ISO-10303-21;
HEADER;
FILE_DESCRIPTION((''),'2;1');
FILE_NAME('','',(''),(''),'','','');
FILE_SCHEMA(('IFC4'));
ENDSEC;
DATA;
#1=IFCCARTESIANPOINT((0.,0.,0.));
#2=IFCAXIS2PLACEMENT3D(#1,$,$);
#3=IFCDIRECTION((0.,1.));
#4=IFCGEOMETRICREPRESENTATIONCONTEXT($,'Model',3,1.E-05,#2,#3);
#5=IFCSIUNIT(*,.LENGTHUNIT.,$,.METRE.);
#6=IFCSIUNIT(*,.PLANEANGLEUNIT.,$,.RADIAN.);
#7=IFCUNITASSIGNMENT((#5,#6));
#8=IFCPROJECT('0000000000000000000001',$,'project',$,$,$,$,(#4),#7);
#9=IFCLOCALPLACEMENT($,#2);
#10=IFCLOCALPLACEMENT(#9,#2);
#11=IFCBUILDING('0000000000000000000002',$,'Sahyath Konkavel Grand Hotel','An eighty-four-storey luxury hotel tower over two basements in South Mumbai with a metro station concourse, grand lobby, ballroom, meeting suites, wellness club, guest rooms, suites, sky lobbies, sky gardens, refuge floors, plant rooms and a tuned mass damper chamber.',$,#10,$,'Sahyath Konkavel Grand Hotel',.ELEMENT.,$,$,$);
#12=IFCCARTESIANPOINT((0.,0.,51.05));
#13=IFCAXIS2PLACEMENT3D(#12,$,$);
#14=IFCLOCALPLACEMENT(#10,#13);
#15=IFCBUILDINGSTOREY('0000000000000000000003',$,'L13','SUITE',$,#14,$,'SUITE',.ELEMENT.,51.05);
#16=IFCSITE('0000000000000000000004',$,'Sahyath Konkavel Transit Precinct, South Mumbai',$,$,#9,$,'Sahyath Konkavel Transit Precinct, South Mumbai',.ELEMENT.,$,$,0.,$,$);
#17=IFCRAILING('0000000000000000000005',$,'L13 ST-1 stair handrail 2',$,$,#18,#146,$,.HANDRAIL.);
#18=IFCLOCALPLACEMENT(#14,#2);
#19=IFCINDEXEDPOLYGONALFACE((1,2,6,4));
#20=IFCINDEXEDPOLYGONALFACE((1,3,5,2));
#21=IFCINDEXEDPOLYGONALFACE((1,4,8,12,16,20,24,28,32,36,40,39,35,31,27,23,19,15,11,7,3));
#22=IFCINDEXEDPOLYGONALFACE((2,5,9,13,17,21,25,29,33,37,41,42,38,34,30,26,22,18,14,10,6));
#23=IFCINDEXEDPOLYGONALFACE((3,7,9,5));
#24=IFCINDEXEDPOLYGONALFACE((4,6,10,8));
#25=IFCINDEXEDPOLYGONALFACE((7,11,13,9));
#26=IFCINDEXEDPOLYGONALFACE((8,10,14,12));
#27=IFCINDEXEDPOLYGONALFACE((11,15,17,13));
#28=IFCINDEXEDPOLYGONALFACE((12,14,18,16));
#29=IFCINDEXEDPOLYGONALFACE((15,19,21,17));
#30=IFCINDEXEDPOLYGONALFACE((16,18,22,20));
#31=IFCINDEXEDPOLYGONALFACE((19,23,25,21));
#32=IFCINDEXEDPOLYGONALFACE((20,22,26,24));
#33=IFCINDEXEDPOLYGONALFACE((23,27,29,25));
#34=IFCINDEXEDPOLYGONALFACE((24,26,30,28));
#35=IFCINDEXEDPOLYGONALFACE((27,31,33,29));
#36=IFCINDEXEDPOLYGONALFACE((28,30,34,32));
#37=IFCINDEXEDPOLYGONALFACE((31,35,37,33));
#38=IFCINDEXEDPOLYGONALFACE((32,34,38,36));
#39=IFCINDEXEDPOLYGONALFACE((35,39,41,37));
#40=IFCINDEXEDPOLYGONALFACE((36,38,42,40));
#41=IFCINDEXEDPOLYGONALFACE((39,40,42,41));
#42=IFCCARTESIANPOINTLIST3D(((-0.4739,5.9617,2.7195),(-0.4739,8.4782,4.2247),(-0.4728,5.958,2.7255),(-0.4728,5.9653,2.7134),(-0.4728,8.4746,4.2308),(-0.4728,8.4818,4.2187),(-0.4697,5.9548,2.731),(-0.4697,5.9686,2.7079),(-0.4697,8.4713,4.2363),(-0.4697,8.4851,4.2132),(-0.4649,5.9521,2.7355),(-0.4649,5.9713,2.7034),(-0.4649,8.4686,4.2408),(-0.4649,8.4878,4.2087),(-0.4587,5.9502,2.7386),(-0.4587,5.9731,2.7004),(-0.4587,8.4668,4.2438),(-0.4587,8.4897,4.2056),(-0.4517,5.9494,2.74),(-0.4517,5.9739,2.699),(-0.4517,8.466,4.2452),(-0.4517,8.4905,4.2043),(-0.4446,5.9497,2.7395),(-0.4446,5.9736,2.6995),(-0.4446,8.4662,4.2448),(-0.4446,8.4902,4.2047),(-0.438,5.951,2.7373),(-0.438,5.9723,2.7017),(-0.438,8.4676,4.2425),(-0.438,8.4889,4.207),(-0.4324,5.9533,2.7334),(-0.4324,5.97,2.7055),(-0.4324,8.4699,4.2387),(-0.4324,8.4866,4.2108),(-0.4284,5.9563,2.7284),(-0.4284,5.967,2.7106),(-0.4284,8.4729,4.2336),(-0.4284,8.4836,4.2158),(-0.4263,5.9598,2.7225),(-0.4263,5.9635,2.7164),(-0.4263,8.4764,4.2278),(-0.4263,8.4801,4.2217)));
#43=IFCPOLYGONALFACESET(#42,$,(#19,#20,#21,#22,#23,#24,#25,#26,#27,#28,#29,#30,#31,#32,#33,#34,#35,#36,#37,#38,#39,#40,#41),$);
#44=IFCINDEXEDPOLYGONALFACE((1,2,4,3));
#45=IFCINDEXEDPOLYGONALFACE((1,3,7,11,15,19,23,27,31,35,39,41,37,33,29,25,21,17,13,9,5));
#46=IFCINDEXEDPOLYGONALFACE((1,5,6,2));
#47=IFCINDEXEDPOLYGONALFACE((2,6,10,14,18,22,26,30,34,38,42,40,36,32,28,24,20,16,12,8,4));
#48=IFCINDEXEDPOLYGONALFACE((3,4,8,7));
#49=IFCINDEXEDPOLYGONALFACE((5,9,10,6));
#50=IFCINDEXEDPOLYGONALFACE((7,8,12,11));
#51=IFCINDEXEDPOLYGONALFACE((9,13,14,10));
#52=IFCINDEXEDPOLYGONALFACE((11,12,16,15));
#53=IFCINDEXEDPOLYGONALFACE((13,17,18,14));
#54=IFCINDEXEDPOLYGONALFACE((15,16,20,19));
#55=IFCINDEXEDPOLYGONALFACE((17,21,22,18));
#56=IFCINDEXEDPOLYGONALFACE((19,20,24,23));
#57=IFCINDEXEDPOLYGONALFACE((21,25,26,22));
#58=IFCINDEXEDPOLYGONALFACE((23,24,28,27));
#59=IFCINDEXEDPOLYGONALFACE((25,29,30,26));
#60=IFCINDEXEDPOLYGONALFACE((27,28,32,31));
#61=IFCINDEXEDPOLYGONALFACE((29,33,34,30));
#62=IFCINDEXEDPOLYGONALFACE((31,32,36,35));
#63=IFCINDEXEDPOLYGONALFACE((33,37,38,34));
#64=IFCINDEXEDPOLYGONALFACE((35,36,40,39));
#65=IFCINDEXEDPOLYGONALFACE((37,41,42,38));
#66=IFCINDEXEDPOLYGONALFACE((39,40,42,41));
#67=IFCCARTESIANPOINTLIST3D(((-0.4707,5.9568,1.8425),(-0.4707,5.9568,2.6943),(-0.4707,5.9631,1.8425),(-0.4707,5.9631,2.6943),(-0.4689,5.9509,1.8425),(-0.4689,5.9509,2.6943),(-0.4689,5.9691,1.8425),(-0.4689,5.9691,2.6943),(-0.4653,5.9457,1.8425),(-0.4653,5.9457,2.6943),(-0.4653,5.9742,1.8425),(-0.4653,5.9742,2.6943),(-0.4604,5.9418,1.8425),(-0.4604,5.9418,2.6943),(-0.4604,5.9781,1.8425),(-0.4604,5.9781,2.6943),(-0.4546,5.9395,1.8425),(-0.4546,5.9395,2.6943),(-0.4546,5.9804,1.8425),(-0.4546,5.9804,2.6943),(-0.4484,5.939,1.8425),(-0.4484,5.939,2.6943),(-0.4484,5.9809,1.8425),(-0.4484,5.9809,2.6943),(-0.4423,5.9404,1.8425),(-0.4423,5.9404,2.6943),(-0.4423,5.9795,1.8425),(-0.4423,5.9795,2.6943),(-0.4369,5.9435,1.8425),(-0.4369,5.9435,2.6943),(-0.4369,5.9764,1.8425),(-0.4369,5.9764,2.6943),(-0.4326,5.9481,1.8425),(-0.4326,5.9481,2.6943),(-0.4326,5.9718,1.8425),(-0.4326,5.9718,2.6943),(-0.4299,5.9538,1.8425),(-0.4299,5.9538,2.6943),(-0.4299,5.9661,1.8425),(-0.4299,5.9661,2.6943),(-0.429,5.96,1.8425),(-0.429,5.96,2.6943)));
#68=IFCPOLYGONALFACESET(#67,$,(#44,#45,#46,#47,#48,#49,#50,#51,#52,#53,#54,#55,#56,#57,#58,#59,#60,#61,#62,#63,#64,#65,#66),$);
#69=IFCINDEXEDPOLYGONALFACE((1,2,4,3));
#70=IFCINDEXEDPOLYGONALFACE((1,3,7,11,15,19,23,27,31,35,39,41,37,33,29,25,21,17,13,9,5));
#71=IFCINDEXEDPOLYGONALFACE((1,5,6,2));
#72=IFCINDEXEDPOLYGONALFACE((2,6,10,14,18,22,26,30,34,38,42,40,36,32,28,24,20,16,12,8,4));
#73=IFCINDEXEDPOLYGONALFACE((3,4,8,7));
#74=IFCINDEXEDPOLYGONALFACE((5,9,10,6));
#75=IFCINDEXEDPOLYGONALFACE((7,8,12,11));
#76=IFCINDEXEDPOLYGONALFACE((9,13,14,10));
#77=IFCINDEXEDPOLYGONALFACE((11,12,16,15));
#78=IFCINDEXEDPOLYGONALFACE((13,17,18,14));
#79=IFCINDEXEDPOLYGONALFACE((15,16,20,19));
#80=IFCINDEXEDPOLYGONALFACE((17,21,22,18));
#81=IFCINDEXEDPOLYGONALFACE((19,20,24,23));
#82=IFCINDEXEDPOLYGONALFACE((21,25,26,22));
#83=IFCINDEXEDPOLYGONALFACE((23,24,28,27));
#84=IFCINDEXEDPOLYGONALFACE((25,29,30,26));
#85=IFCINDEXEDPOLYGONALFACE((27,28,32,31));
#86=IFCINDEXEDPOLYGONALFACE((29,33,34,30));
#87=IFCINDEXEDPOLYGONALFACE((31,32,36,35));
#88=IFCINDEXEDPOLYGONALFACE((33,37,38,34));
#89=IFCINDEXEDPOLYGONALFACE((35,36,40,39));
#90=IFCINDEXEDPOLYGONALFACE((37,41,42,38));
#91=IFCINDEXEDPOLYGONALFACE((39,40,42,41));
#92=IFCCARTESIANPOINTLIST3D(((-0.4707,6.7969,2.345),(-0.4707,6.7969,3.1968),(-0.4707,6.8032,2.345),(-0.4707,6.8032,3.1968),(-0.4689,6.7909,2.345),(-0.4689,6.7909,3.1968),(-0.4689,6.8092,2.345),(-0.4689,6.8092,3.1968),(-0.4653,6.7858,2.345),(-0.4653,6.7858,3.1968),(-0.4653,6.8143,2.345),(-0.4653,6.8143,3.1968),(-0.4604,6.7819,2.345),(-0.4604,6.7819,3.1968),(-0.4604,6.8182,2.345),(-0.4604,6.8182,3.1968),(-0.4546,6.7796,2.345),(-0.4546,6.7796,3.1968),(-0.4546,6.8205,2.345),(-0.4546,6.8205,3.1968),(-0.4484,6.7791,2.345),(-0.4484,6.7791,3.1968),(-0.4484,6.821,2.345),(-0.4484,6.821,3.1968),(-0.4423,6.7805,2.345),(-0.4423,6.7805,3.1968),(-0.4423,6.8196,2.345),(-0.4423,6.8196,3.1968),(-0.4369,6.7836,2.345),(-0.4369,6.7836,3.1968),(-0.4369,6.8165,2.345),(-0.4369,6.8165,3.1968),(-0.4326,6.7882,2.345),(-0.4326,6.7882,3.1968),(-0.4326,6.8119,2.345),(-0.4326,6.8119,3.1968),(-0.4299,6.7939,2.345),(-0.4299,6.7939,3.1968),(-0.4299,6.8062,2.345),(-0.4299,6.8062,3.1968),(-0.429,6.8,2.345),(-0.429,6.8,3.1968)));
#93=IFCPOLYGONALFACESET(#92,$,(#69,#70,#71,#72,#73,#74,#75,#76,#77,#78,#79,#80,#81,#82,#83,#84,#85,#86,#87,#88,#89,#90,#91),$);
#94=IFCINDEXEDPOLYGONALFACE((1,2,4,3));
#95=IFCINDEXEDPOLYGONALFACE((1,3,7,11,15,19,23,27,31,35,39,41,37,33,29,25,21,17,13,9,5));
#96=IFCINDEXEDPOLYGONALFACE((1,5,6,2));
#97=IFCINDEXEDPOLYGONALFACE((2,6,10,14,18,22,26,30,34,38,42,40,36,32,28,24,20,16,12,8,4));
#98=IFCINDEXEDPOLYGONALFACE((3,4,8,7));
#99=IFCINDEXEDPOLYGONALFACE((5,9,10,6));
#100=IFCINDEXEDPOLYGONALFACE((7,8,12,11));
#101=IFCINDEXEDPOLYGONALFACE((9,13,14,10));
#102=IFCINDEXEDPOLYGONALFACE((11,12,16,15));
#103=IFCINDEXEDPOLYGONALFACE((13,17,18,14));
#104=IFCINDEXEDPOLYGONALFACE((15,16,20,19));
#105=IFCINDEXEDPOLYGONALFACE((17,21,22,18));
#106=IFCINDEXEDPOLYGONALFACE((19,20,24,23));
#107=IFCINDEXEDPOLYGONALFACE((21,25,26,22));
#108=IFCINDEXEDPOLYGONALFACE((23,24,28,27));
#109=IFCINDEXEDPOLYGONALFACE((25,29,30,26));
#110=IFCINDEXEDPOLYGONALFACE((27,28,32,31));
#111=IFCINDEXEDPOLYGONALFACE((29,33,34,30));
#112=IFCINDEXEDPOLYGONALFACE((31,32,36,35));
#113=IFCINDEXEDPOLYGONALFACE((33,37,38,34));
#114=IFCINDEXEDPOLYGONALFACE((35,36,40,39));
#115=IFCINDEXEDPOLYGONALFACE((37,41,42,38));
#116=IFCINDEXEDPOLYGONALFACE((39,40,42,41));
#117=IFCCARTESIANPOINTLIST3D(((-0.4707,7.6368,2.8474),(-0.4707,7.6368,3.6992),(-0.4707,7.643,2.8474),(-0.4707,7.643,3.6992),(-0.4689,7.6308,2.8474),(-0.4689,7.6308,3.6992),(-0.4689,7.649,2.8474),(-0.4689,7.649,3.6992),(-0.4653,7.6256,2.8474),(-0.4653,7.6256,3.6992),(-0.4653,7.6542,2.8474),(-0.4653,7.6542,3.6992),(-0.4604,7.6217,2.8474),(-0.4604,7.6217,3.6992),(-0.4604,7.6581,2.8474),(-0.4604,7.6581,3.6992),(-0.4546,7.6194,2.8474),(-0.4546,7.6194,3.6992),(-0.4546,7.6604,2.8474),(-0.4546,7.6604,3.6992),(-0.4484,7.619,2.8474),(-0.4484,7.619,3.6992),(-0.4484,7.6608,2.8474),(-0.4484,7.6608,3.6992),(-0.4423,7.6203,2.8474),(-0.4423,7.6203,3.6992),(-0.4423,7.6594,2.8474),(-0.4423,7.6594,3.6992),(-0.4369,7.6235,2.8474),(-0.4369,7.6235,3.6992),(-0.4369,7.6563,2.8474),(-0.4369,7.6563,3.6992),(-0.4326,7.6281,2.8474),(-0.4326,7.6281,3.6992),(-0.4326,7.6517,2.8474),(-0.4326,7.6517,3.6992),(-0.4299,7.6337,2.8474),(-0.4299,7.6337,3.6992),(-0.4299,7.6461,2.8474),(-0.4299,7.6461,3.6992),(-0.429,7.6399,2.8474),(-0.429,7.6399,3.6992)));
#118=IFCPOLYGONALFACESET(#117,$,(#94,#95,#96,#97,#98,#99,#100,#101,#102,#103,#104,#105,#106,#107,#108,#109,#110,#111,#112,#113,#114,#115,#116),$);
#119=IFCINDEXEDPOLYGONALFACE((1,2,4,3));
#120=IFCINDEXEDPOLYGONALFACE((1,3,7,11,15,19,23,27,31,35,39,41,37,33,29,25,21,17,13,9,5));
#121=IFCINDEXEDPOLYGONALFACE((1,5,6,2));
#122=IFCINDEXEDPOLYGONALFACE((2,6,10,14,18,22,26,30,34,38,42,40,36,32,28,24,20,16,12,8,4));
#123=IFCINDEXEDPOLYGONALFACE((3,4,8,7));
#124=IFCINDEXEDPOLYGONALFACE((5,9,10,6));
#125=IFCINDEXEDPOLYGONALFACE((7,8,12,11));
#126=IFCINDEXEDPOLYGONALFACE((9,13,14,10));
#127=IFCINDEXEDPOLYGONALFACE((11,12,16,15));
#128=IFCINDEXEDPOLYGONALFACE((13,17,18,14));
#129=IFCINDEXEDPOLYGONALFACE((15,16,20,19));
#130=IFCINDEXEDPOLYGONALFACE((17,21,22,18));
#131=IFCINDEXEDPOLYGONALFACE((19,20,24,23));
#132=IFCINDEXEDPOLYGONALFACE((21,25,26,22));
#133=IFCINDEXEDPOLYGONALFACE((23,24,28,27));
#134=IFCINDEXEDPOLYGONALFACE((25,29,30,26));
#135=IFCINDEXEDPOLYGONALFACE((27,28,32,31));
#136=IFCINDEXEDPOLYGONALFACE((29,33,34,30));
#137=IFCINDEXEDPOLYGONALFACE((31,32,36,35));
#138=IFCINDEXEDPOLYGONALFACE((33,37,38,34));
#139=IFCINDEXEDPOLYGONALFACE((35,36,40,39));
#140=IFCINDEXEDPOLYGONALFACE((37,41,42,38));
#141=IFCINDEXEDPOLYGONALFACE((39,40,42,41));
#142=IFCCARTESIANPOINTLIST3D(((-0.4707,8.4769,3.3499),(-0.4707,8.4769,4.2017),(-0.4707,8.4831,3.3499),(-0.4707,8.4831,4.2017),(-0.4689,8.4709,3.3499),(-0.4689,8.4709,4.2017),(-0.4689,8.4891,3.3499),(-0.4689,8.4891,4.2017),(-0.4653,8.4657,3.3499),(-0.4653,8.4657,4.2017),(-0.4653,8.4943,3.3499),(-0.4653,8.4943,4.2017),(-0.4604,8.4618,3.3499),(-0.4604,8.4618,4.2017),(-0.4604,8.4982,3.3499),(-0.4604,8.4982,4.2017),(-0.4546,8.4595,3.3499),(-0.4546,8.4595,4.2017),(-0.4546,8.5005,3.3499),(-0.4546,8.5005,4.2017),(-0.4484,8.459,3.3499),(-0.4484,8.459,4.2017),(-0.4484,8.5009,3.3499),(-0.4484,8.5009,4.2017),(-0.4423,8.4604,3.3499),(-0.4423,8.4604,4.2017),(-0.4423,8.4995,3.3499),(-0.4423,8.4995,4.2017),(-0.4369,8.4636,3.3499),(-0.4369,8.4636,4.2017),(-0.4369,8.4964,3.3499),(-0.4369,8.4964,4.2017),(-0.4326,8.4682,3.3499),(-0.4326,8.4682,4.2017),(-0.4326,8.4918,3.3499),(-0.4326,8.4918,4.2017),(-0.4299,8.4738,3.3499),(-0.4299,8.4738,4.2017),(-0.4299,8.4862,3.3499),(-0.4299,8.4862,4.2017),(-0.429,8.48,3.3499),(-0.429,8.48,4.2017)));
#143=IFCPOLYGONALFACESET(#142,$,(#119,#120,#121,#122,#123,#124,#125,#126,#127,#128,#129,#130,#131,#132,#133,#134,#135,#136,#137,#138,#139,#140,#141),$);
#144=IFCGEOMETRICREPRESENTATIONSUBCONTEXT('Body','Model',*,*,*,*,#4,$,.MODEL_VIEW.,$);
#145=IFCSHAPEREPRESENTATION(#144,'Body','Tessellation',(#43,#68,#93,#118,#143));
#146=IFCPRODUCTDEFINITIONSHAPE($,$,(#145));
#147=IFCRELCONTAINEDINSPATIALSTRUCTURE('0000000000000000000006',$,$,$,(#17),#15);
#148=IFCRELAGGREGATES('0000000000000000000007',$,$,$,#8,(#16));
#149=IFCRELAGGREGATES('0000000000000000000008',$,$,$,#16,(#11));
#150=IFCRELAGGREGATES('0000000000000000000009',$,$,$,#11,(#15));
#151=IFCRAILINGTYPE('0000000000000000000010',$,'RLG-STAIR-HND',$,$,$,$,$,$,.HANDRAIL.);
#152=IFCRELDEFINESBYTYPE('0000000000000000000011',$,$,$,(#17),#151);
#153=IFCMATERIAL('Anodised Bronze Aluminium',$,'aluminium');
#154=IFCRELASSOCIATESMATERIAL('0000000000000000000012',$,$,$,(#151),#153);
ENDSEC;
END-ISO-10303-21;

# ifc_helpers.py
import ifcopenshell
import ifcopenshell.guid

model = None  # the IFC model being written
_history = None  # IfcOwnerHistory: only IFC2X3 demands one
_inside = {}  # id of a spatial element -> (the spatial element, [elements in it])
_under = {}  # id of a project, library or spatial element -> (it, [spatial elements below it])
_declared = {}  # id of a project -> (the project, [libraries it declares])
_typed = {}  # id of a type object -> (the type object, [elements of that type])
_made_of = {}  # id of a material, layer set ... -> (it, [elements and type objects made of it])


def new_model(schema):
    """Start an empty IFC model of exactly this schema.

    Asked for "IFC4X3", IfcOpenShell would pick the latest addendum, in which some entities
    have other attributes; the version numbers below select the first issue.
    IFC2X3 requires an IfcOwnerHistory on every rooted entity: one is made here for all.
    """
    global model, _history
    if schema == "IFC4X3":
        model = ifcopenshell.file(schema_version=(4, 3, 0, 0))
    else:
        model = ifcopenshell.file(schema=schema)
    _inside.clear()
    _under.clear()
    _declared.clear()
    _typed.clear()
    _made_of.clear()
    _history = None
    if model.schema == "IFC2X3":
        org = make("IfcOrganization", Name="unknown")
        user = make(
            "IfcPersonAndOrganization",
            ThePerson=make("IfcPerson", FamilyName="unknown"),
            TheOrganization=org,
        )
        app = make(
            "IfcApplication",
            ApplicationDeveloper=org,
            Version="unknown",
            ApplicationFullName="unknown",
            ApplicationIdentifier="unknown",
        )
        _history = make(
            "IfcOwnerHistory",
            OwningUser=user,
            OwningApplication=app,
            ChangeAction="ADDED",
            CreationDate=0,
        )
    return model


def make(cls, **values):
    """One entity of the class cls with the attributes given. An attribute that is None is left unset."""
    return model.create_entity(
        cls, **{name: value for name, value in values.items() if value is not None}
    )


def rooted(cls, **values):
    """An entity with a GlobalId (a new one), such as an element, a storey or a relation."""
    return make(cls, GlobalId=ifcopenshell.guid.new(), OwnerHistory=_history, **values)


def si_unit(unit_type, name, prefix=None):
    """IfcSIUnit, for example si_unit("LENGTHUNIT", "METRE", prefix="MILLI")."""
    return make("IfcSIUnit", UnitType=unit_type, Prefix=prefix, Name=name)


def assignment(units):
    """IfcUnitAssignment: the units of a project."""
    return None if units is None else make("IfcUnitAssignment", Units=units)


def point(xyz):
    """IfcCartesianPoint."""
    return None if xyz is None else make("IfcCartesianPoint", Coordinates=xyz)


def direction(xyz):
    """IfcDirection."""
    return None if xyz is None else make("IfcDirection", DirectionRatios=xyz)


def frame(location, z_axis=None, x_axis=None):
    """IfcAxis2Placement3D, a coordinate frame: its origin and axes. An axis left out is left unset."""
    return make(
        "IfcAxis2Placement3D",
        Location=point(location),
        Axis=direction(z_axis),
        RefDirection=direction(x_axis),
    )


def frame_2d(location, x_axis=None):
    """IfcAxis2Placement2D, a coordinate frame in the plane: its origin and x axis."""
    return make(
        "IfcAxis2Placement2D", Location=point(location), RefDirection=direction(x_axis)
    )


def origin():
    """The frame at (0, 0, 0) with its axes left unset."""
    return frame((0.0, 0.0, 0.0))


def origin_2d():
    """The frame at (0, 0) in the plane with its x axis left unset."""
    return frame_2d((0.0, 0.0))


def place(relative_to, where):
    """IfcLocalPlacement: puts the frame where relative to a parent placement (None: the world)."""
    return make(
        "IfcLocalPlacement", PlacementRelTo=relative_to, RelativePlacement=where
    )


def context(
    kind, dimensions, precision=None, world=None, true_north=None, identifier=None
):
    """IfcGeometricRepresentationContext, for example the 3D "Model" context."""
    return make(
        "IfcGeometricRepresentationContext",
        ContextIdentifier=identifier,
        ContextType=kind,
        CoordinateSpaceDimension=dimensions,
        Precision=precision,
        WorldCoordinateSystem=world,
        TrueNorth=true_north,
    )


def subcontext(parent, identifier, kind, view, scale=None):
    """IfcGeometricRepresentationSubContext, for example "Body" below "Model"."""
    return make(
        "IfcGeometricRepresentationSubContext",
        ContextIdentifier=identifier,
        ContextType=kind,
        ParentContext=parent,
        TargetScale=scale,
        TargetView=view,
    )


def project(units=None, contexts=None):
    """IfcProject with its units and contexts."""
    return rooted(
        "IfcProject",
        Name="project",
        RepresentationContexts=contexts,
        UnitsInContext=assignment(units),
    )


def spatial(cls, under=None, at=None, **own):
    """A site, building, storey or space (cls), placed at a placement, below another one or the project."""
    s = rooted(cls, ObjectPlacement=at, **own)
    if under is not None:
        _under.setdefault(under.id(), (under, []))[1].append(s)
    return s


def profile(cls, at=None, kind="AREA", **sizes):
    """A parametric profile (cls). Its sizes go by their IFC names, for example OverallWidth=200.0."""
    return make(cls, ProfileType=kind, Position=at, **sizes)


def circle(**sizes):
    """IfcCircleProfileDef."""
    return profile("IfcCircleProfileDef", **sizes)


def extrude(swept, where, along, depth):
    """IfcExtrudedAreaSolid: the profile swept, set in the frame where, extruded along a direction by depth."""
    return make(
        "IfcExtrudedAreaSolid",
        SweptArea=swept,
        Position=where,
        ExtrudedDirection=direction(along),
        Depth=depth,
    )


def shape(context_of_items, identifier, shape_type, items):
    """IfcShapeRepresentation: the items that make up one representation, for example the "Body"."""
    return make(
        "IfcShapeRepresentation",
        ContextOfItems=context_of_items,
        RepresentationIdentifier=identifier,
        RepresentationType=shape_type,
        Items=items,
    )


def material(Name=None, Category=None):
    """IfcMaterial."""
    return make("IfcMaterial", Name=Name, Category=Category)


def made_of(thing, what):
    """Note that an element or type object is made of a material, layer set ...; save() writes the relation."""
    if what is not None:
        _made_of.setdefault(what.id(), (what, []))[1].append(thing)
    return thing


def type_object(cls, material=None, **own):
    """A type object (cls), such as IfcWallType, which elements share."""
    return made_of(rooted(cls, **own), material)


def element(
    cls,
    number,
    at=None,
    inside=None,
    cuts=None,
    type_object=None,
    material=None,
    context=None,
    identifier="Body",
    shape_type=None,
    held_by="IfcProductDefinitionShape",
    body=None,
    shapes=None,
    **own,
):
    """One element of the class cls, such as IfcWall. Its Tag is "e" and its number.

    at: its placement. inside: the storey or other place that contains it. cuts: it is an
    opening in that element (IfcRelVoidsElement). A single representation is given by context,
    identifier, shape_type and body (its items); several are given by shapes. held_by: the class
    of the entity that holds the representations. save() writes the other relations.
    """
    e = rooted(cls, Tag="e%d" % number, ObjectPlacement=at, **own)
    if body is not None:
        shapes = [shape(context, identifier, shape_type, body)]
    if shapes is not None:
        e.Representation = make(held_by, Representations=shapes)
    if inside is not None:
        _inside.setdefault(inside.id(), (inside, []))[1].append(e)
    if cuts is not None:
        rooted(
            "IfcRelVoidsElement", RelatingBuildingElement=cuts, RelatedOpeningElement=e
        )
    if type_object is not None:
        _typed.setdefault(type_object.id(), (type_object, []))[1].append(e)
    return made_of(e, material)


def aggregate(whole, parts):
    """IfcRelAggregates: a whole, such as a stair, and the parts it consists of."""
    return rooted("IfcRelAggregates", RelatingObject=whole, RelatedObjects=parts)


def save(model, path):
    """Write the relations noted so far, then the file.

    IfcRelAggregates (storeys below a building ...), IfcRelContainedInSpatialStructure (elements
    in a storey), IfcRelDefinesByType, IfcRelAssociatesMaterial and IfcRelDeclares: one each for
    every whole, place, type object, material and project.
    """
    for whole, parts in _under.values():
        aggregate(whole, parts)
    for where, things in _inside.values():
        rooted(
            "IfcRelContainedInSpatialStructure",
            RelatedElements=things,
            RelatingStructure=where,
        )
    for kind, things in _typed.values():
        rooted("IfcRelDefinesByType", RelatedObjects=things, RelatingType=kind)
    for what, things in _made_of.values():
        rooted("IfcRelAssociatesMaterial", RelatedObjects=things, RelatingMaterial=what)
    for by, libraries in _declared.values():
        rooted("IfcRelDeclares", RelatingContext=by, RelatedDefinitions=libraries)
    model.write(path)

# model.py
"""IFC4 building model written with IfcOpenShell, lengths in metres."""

from ifc_helpers import new_model, si_unit, direction, frame, origin, origin_2d, place, context, subcontext, project, spatial, circle, extrude, material, type_object, element, save


model = new_model("IFC4")

# Units and contexts
model_context = context("Model", 3, precision=1e-05, world=origin(), true_north=direction((0.0, 1.0)))
body_context = subcontext(model_context, "Body", "Model", "MODEL_VIEW")
ifc_project = project(units=[si_unit("LENGTHUNIT", "METRE"), si_unit("PLANEANGLEUNIT", "RADIAN")], contexts=[model_context])

# Site, building, storey
site_placement = place(None, origin())
site = spatial("IfcSite", under=ifc_project, at=site_placement, Name="Sahyath Konkavel Transit Precinct, South Mumbai", LongName="Sahyath Konkavel Transit Precinct, South Mumbai", CompositionType="ELEMENT", RefElevation=0.0)
building_placement = place(site_placement, origin())
building = spatial("IfcBuilding", under=site, at=building_placement, Name="Sahyath Konkavel Grand Hotel", Description="An eighty-four-storey luxury hotel tower over two basements in South Mumbai with a metro station concourse, grand lobby, ballroom, meeting suites, wellness club, guest rooms, suites, sky lobbies, sky gardens, refuge floors, plant rooms and a tuned mass damper chamber.", LongName="Sahyath Konkavel Grand Hotel", CompositionType="ELEMENT")
storey_placement = place(building_placement, frame((0.0, 0.0, 51.05)))
storey = spatial("IfcBuildingStorey", under=building, at=storey_placement, Name="L13", Description="SUITE", LongName="SUITE", CompositionType="ELEMENT", Elevation=51.05)

# Shared definitions
ifc_material_1 = material(Name="Anodised Bronze Aluminium", Category="aluminium")

# Railing
railing_type_1 = type_object("IfcRailingType", Name="RLG-STAIR-HND", PredefinedType="HANDRAIL", material=ifc_material_1)
railing_1_placement = place(storey_placement, frame((-0.45, 5.96, 1.8425)))
element("IfcRailing", 1, at=railing_1_placement, inside=storey, type_object=railing_type_1, Name="L13 ST-1 stair handrail 2", PredefinedType="HANDRAIL", context=body_context, shape_type="SweptSolid", body=[
    extrude(circle(Radius=0.0239, at=origin_2d()), frame((0.0, 0.0017, 0.877), z_axis=(0.0, 0.858196, 0.513321), x_axis=(-1.0, 0.0, 0.0)), (0.0, 0.0, 1.0), 2.9324),
    extrude(circle(Radius=0.021, at=origin_2d()), origin(), (0.0, 0.0, 1.0), 0.8518),
    extrude(circle(Radius=0.021, at=origin_2d()), frame((0.0, 0.8401, 0.5024)), (0.0, 0.0, 1.0), 0.8518),
    extrude(circle(Radius=0.021, at=origin_2d()), frame((0.0, 1.6799, 1.0049)), (0.0, 0.0, 1.0), 0.8518),
    extrude(circle(Radius=0.021, at=origin_2d()), frame((0.0, 2.52, 1.5073)), (0.0, 0.0, 1.0), 0.8518),
])

save(model, "model.ifc")
